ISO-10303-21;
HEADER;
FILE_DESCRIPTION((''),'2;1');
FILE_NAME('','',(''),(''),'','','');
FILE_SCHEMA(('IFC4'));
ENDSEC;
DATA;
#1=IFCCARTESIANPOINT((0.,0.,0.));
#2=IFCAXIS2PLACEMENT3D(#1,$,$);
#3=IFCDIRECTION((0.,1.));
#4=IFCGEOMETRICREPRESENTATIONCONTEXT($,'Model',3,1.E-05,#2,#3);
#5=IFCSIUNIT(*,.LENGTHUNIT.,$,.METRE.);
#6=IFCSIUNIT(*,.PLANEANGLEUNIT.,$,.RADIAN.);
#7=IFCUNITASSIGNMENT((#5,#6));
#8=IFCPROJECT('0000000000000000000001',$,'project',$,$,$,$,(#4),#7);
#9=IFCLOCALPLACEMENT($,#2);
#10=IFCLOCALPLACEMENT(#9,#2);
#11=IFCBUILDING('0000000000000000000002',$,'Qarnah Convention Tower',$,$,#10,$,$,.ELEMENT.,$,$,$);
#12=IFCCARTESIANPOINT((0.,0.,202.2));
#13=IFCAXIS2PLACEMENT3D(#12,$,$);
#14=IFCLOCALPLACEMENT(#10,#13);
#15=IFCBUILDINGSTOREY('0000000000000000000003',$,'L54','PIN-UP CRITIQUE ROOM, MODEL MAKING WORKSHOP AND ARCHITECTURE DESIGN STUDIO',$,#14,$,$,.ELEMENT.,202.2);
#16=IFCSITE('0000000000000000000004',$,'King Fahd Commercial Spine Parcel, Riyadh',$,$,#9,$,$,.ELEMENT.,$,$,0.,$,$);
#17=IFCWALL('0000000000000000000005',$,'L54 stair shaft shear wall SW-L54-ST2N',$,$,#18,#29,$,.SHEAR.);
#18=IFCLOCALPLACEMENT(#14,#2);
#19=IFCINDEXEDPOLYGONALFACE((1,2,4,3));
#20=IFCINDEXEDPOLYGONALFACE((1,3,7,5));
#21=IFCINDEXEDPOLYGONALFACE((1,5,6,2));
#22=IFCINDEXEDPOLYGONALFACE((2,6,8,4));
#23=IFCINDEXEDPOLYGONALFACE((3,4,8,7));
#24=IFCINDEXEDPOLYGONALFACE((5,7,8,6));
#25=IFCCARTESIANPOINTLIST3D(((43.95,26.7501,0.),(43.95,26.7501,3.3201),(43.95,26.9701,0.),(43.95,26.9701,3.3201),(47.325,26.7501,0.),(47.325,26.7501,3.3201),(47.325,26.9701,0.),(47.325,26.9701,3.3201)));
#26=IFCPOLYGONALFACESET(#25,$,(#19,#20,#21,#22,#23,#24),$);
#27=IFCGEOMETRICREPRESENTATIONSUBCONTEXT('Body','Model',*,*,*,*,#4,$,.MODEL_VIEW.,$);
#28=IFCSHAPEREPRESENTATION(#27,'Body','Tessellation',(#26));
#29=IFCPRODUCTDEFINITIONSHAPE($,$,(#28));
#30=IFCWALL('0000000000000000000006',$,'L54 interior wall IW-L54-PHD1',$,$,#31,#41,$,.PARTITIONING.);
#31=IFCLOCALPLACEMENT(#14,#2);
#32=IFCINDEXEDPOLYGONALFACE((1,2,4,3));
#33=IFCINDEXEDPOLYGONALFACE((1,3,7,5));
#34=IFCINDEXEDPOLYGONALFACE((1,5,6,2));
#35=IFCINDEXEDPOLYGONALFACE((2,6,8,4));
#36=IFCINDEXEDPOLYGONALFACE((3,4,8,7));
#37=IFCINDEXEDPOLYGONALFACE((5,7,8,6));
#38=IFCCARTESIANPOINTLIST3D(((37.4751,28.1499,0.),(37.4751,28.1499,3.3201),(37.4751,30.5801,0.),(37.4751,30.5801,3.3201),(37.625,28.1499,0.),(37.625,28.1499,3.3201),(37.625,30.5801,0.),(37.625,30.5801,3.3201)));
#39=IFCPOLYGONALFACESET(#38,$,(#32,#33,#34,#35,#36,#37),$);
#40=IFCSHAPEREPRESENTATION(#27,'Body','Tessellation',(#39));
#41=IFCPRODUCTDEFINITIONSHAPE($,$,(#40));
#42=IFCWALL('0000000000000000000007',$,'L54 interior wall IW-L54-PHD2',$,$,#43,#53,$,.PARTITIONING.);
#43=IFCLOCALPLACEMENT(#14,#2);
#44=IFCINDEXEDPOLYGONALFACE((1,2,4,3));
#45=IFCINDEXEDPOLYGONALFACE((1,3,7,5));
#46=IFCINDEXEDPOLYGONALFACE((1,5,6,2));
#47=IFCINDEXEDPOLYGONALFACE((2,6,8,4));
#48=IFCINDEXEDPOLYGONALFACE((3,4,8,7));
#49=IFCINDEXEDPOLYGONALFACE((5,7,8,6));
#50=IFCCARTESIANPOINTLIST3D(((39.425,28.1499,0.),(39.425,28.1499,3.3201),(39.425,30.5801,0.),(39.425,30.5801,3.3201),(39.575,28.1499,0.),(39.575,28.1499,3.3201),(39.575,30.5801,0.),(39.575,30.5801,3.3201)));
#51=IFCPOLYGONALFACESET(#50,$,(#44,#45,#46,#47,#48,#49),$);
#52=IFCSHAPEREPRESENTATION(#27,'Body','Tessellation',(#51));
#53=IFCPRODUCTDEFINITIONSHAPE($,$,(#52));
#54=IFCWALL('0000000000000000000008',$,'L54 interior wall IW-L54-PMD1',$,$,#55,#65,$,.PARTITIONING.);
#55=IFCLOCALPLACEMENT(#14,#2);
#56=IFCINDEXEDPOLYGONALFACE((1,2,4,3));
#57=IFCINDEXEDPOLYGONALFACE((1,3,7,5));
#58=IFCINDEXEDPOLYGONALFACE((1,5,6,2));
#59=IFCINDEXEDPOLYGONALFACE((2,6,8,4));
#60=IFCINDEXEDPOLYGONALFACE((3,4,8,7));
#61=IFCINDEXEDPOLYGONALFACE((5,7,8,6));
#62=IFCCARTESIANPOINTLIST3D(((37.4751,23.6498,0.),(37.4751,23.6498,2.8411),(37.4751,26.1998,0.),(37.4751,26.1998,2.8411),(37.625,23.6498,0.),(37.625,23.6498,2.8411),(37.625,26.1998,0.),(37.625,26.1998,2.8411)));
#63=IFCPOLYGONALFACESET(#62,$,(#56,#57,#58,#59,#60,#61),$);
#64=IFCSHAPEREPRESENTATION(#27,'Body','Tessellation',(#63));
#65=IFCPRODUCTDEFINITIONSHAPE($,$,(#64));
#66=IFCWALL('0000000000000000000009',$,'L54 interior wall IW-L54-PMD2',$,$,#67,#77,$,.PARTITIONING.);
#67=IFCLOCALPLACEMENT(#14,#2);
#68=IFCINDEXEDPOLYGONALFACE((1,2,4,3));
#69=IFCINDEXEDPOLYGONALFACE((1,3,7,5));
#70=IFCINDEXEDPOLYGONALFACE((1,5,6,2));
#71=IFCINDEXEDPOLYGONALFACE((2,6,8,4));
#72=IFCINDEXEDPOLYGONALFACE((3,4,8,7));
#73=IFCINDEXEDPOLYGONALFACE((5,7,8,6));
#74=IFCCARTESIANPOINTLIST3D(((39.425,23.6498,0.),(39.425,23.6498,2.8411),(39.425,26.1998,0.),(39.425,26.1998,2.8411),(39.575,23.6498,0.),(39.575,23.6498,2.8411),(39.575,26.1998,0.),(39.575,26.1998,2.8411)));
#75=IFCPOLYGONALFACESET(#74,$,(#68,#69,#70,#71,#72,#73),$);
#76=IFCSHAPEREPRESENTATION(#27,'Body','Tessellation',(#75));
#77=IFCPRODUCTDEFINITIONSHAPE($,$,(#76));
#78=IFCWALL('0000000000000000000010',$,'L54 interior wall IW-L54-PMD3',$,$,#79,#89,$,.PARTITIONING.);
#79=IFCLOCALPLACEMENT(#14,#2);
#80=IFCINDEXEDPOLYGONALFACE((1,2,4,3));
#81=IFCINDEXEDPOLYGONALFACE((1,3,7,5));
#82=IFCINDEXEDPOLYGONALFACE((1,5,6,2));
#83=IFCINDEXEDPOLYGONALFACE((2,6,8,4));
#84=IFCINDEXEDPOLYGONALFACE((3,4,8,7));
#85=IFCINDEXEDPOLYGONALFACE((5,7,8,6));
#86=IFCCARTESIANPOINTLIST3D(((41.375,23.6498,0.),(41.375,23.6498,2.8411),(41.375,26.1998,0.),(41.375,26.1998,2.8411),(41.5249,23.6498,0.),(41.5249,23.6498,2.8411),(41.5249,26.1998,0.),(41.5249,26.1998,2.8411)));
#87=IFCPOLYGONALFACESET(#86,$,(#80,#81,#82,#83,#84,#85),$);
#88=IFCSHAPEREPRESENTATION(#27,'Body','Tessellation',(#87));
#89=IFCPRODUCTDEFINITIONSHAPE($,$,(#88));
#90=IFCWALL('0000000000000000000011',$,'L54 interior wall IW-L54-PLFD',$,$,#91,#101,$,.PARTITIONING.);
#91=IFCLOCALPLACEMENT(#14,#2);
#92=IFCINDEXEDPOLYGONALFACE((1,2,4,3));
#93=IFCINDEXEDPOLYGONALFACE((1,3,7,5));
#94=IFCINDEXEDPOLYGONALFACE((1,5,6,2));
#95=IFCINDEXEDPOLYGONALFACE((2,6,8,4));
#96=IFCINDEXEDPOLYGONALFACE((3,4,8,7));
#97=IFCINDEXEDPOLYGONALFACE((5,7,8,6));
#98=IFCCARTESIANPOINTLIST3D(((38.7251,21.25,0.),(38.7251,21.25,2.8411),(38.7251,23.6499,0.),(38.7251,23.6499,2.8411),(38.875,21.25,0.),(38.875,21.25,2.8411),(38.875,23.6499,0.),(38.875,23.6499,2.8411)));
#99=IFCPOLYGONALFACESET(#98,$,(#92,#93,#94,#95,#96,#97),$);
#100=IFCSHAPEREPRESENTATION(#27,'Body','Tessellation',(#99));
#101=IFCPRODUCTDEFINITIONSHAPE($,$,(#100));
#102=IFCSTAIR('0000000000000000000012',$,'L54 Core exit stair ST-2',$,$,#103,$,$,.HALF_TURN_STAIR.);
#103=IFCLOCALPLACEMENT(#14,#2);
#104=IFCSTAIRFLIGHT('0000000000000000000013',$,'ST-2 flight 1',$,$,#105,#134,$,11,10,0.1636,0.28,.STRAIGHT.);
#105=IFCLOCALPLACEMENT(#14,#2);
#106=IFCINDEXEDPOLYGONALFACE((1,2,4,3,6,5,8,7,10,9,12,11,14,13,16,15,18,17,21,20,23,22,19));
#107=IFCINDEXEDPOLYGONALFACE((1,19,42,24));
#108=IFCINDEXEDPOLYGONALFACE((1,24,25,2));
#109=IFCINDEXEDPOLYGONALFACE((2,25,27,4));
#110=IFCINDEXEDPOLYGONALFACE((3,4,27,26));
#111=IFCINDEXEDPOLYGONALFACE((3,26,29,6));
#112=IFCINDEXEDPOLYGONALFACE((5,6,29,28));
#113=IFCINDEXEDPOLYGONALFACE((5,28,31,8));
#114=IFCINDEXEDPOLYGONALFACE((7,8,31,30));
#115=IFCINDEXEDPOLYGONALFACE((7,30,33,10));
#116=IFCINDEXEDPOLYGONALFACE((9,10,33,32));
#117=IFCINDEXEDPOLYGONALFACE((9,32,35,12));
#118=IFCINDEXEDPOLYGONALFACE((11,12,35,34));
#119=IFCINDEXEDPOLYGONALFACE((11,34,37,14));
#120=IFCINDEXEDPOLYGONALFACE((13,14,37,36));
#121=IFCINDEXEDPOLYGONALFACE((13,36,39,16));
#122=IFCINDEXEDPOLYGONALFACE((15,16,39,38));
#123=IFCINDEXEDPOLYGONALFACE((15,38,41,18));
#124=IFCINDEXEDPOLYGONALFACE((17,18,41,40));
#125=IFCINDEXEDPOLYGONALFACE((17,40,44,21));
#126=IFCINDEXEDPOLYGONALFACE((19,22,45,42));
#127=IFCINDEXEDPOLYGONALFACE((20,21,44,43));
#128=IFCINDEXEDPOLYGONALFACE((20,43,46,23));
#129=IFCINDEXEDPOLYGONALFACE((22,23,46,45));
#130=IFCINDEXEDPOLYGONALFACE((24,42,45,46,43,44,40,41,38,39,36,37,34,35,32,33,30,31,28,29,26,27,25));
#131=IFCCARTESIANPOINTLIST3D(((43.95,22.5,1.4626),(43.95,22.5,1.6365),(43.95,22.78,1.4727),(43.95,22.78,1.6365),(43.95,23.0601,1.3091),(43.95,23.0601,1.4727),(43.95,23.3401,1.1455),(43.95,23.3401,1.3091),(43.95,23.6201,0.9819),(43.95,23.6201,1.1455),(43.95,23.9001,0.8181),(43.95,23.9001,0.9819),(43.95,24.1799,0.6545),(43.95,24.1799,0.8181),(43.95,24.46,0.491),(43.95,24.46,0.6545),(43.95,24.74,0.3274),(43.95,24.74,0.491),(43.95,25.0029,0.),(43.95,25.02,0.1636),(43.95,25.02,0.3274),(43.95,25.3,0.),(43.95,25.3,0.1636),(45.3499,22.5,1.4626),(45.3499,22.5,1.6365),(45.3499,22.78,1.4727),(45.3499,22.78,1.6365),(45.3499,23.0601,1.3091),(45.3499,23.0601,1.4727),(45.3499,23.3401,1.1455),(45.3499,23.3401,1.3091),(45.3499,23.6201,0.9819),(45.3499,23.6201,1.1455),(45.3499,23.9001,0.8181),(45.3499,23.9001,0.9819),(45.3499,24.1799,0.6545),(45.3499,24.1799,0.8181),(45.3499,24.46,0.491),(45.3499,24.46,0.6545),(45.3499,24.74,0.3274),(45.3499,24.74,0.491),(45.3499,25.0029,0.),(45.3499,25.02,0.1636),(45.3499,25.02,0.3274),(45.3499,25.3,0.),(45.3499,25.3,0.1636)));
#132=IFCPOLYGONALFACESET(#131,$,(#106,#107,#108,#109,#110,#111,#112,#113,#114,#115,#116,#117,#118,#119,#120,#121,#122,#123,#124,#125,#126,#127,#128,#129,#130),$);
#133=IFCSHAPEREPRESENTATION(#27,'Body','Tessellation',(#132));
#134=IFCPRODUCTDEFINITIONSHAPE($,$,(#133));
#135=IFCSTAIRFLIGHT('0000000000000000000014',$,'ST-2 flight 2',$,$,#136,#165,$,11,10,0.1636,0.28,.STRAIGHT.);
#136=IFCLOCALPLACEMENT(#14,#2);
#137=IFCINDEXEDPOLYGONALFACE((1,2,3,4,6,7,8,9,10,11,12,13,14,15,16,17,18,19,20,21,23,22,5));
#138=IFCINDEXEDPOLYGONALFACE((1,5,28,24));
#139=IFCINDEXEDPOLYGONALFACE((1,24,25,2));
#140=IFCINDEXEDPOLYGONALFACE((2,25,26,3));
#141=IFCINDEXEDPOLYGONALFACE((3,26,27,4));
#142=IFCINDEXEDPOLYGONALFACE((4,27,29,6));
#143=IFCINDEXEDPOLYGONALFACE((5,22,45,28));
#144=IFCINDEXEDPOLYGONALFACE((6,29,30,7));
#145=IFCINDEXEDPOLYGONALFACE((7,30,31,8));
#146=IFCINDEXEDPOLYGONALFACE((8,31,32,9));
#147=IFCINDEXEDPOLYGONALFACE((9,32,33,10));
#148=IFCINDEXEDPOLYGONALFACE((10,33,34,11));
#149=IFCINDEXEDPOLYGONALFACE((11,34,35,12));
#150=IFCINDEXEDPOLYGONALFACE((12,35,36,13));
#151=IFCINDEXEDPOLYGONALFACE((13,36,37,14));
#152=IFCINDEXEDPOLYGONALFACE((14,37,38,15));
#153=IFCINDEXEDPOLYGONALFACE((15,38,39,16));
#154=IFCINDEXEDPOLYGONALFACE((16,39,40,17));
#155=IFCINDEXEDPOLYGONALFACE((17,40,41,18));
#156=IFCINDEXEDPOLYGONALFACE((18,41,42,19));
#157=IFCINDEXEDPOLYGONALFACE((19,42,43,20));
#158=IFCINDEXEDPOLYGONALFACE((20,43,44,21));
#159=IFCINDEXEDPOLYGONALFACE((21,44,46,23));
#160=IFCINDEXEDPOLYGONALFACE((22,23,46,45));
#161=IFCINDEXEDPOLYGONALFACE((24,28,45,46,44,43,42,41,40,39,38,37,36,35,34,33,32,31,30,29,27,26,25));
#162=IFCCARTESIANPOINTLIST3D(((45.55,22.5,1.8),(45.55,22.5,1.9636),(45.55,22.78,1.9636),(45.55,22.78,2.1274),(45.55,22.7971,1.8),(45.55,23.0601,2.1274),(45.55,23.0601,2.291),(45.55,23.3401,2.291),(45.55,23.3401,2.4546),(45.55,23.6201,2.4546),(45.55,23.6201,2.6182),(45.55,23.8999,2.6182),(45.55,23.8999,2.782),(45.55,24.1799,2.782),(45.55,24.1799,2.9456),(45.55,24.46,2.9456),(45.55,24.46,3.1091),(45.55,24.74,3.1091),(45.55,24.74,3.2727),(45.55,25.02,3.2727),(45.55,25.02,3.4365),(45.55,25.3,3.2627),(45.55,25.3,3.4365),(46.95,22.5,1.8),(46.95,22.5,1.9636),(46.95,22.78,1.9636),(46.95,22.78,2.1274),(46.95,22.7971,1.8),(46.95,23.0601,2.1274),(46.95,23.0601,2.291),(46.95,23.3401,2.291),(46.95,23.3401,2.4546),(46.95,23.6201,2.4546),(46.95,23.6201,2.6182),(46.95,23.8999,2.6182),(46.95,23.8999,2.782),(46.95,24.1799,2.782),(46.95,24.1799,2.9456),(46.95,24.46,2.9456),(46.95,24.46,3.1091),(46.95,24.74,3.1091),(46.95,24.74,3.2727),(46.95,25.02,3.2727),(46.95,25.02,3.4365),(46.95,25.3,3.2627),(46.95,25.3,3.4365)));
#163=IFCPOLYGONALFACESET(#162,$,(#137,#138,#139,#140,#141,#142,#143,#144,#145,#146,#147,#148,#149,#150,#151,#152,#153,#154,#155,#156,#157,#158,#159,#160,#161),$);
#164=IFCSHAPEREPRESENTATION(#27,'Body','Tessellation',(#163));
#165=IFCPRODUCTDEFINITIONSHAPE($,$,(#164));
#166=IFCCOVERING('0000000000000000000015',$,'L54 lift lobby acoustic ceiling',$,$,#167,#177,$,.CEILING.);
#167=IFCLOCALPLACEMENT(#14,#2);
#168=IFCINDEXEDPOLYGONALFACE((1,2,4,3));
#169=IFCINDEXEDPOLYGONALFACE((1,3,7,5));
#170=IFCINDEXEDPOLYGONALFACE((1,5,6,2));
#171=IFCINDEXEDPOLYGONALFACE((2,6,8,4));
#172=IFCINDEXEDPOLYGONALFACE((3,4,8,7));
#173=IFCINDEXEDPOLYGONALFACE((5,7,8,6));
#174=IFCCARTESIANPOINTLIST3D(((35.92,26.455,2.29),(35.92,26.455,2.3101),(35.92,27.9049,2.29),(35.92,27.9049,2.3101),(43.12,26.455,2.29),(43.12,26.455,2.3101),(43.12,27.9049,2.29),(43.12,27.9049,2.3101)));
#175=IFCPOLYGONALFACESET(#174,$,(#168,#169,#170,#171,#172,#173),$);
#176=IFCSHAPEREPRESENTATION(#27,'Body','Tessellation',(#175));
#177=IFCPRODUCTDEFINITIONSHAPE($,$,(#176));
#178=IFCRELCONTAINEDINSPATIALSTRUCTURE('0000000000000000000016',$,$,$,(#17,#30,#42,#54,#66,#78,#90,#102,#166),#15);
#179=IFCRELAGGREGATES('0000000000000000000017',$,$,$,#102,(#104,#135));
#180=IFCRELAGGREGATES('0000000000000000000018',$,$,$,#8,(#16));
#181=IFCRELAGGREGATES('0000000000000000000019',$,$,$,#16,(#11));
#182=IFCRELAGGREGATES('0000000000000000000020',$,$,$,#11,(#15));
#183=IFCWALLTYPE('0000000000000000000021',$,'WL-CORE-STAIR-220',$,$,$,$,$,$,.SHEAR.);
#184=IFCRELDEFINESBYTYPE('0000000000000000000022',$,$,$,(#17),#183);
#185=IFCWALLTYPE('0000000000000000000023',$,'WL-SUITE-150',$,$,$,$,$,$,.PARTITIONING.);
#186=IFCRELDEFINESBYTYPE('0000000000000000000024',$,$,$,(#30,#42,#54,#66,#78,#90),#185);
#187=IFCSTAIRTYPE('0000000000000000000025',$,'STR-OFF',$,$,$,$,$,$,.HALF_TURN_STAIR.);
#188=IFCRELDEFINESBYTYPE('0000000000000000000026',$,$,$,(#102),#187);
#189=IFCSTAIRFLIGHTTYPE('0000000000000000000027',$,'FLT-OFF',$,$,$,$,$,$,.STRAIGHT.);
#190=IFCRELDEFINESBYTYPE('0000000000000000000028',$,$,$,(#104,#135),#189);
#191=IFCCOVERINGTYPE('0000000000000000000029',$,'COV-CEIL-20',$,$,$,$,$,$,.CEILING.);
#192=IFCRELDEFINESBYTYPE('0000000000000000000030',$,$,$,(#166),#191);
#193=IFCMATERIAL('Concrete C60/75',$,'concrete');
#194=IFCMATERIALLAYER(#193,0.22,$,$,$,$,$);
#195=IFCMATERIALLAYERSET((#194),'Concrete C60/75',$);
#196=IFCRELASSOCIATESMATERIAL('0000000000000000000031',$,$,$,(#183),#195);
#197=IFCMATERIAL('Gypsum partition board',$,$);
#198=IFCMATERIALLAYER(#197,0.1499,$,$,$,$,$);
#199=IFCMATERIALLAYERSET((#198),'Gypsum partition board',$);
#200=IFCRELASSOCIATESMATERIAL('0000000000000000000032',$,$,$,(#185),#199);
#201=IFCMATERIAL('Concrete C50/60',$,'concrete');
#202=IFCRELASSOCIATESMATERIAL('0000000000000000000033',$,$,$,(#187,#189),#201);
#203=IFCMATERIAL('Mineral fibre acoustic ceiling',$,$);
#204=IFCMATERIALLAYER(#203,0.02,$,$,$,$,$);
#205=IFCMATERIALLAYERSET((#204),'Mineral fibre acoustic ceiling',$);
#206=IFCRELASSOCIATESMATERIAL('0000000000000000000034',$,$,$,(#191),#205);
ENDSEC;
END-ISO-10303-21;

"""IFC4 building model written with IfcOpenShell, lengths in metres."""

from ifc_helpers import new_model, si_unit, direction, frame, frame_2d, origin, origin_2d, place, context, subcontext, project, spatial, polyline, rectangle, outline, extrude, material, layer, layer_set, type_object, element, aggregate, save


model = new_model("IFC4")

# Units and contexts
model_context = context("Model", 3, precision=1e-05, world=origin(), true_north=direction((0.0, 1.0)))
body_context = subcontext(model_context, "Body", "Model", "MODEL_VIEW")
ifc_project = project(units=[si_unit("LENGTHUNIT", "METRE"), si_unit("PLANEANGLEUNIT", "RADIAN")], contexts=[model_context])

# Site, building, storey
site_placement = place(None, origin())
site = spatial("IfcSite", under=ifc_project, at=site_placement, Name="King Fahd Commercial Spine Parcel, Riyadh", CompositionType="ELEMENT", RefElevation=0.0)
building_placement = place(site_placement, origin())
building = spatial("IfcBuilding", under=site, at=building_placement, Name="Qarnah Convention Tower", CompositionType="ELEMENT")
storey_placement = place(building_placement, frame((0.0, 0.0, 202.2)))
storey = spatial("IfcBuildingStorey", under=building, at=storey_placement, Name="L54", Description="PIN-UP CRITIQUE ROOM, MODEL MAKING WORKSHOP AND ARCHITECTURE DESIGN STUDIO", CompositionType="ELEMENT", Elevation=202.2)

# Shared definitions
ifc_material_1 = material(Name="Concrete C50/60", Category="concrete")

# Walls
ifc_material_2 = material(Name="Concrete C60/75", Category="concrete")
ifc_layer_1 = layer(ifc_material_2, 0.22)
ifc_layer_set_1 = layer_set([ifc_layer_1], Name="Concrete C60/75")
wall_type_1 = type_object("IfcWallType", Name="WL-CORE-STAIR-220", PredefinedType="SHEAR", material=ifc_layer_set_1)
wall_1_placement = place(storey_placement, frame((43.95, 26.8601, 0.0), z_axis=(0.0, 0.0, 1.0), x_axis=(1.0, 0.0, 0.0)))
element("IfcWall", 1, at=wall_1_placement, inside=storey, type_object=wall_type_1, Name="L54 stair shaft shear wall SW-L54-ST2N", PredefinedType="SHEAR", context=body_context, shape_type="SweptSolid", body=[
    extrude(rectangle(XDim=3.375, YDim=0.22, at=frame_2d((1.6875, 0.0))), origin(), (0.0, 0.0, 1.0), 3.3201),
])
ifc_material_3 = material(Name="Gypsum partition board")
ifc_layer_2 = layer(ifc_material_3, 0.1499)
ifc_layer_set_2 = layer_set([ifc_layer_2], Name="Gypsum partition board")
wall_type_2 = type_object("IfcWallType", Name="WL-SUITE-150", PredefinedType="PARTITIONING", material=ifc_layer_set_2)
for number, where, z_axis, x_axis, name in (
    (2, (37.55, 28.1499, 0.0), (0.0, 0.0, 1.0), (0.0, 1.0, 0.0), "L54 interior wall IW-L54-PHD1"),
    (3, (39.5, 28.1499, 0.0), (0.0, 0.0, 1.0), (0.0, 1.0, 0.0), "L54 interior wall IW-L54-PHD2"),
):
    element("IfcWall", number, at=place(storey_placement, frame(where, z_axis=z_axis, x_axis=x_axis)), inside=storey, type_object=wall_type_2, Name=name, PredefinedType="PARTITIONING", context=body_context, shape_type="SweptSolid", body=[
        extrude(rectangle(XDim=2.4302, YDim=0.1499, at=frame_2d((1.2151, 0.0))), origin(), (0.0, 0.0, 1.0), 3.3201),
    ])
for number, where, z_axis, x_axis, name in (
    (4, (37.55, 23.6499, 0.0), (0.0, 0.0, 1.0), (0.0, 1.0, 0.0), "L54 interior wall IW-L54-PMD1"),
    (5, (39.5, 23.6499, 0.0), (0.0, 0.0, 1.0), (0.0, 1.0, 0.0), "L54 interior wall IW-L54-PMD2"),
    (6, (41.45, 23.6499, 0.0), (0.0, 0.0, 1.0), (0.0, 1.0, 0.0), "L54 interior wall IW-L54-PMD3"),
):
    element("IfcWall", number, at=place(storey_placement, frame(where, z_axis=z_axis, x_axis=x_axis)), inside=storey, type_object=wall_type_2, Name=name, PredefinedType="PARTITIONING", context=body_context, shape_type="SweptSolid", body=[
        extrude(rectangle(XDim=2.55, YDim=0.1499, at=frame_2d((1.2749, 0.0))), origin(), (0.0, 0.0, 1.0), 2.8411),
    ])
wall_2_placement = place(storey_placement, frame((38.8, 21.25, 0.0), z_axis=(0.0, 0.0, 1.0), x_axis=(0.0, 1.0, 0.0)))
element("IfcWall", 7, at=wall_2_placement, inside=storey, type_object=wall_type_2, Name="L54 interior wall IW-L54-PLFD", PredefinedType="PARTITIONING", context=body_context, shape_type="SweptSolid", body=[
    extrude(rectangle(XDim=2.3999, YDim=0.1499, at=frame_2d((1.2, 0.0))), origin(), (0.0, 0.0, 1.0), 2.8411),
])

# Stair, stair flights
stair_type = type_object("IfcStairType", Name="STR-OFF", PredefinedType="HALF_TURN_STAIR", material=ifc_material_1)
stair_placement = place(storey_placement, origin())
stair = element("IfcStair", 8, at=stair_placement, inside=storey, type_object=stair_type, Name="L54 Core exit stair ST-2", PredefinedType="HALF_TURN_STAIR")
stair_flight_type = type_object("IfcStairFlightType", Name="FLT-OFF", PredefinedType="STRAIGHT", material=ifc_material_1)
stair_flight_1_placement = place(storey_placement, frame((44.6499, 25.3, 0.0), z_axis=(0.0, 0.0, 1.0), x_axis=(0.0, -1.0, 0.0)))
stair_flight_1 = element("IfcStairFlight", 9, at=stair_flight_1_placement, type_object=stair_flight_type, Name="ST-2 flight 1", NumberOfRisers=11, NumberOfTreads=10, PredefinedType="STRAIGHT", RiserHeight=0.1636, TreadLength=0.28, context=body_context, shape_type="SweptSolid", body=[
    extrude(outline(polyline([(0.0, 0.0), (0.0, 0.1636), (0.28, 0.1636), (0.28, 0.3274), (0.5601, 0.3274), (0.5601, 0.491), (0.8401, 0.491), (0.8401, 0.6545), (1.1201, 0.6545), (1.1201, 0.8181), (1.3999, 0.8181), (1.3999, 0.9819), (1.6799, 0.9819), (1.6799, 1.1455), (1.96, 1.1455), (1.96, 1.3091), (2.24, 1.3091), (2.24, 1.4727), (2.52, 1.4727), (2.52, 1.6365), (2.8, 1.6365), (2.8, 1.8), (2.8, 1.4626), (0.2971, 0.0), (0.0, 0.0)])), frame((0.0, 0.7, 0.0), z_axis=(0.0, -1.0, 0.0), x_axis=(1.0, 0.0, 0.0)), (0.0, 0.0, 1.0), 1.3999),
])
stair_flight_2_placement = place(storey_placement, frame((46.25, 22.5, 1.8), z_axis=(0.0, 0.0, 1.0), x_axis=(0.0, 1.0, 0.0)))
stair_flight_2 = element("IfcStairFlight", 10, at=stair_flight_2_placement, type_object=stair_flight_type, Name="ST-2 flight 2", NumberOfRisers=11, NumberOfTreads=10, PredefinedType="STRAIGHT", RiserHeight=0.1636, TreadLength=0.28, context=body_context, shape_type="SweptSolid", body=[
    extrude(outline(polyline([(0.0, 0.0), (0.0, 0.1636), (0.28, 0.1636), (0.28, 0.3274), (0.5601, 0.3274), (0.5601, 0.491), (0.8401, 0.491), (0.8401, 0.6545), (1.1201, 0.6545), (1.1201, 0.8181), (1.3999, 0.8181), (1.3999, 0.9819), (1.6799, 0.9819), (1.6799, 1.1455), (1.96, 1.1455), (1.96, 1.3091), (2.24, 1.3091), (2.24, 1.4727), (2.52, 1.4727), (2.52, 1.6365), (2.8, 1.6365), (2.8, 1.8), (2.8, 1.4626), (0.2971, 0.0), (0.0, 0.0)])), frame((0.0, 0.7, 0.0), z_axis=(0.0, -1.0, 0.0), x_axis=(1.0, 0.0, 0.0)), (0.0, 0.0, 1.0), 1.3999),
])
aggregate(stair, [stair_flight_1, stair_flight_2])

# Covering
ifc_material_4 = material(Name="Mineral fibre acoustic ceiling")
ifc_layer_3 = layer(ifc_material_4, 0.02)
ifc_layer_set_3 = layer_set([ifc_layer_3], Name="Mineral fibre acoustic ceiling")
covering_type = type_object("IfcCoveringType", Name="COV-CEIL-20", PredefinedType="CEILING", material=ifc_layer_set_3)
covering_placement = place(storey_placement, frame((39.52, 27.1799, 2.29), z_axis=(0.0, 0.0, 1.0), x_axis=(1.0, 0.0, 0.0)))
element("IfcCovering", 11, at=covering_placement, inside=storey, type_object=covering_type, Name="L54 lift lobby acoustic ceiling", PredefinedType="CEILING", context=body_context, shape_type="SweptSolid", body=[
    extrude(rectangle(XDim=7.2, YDim=1.45, at=origin_2d()), origin(), (0.0, 0.0, 1.0), 0.02),
])

save(model, "model.ifc")
